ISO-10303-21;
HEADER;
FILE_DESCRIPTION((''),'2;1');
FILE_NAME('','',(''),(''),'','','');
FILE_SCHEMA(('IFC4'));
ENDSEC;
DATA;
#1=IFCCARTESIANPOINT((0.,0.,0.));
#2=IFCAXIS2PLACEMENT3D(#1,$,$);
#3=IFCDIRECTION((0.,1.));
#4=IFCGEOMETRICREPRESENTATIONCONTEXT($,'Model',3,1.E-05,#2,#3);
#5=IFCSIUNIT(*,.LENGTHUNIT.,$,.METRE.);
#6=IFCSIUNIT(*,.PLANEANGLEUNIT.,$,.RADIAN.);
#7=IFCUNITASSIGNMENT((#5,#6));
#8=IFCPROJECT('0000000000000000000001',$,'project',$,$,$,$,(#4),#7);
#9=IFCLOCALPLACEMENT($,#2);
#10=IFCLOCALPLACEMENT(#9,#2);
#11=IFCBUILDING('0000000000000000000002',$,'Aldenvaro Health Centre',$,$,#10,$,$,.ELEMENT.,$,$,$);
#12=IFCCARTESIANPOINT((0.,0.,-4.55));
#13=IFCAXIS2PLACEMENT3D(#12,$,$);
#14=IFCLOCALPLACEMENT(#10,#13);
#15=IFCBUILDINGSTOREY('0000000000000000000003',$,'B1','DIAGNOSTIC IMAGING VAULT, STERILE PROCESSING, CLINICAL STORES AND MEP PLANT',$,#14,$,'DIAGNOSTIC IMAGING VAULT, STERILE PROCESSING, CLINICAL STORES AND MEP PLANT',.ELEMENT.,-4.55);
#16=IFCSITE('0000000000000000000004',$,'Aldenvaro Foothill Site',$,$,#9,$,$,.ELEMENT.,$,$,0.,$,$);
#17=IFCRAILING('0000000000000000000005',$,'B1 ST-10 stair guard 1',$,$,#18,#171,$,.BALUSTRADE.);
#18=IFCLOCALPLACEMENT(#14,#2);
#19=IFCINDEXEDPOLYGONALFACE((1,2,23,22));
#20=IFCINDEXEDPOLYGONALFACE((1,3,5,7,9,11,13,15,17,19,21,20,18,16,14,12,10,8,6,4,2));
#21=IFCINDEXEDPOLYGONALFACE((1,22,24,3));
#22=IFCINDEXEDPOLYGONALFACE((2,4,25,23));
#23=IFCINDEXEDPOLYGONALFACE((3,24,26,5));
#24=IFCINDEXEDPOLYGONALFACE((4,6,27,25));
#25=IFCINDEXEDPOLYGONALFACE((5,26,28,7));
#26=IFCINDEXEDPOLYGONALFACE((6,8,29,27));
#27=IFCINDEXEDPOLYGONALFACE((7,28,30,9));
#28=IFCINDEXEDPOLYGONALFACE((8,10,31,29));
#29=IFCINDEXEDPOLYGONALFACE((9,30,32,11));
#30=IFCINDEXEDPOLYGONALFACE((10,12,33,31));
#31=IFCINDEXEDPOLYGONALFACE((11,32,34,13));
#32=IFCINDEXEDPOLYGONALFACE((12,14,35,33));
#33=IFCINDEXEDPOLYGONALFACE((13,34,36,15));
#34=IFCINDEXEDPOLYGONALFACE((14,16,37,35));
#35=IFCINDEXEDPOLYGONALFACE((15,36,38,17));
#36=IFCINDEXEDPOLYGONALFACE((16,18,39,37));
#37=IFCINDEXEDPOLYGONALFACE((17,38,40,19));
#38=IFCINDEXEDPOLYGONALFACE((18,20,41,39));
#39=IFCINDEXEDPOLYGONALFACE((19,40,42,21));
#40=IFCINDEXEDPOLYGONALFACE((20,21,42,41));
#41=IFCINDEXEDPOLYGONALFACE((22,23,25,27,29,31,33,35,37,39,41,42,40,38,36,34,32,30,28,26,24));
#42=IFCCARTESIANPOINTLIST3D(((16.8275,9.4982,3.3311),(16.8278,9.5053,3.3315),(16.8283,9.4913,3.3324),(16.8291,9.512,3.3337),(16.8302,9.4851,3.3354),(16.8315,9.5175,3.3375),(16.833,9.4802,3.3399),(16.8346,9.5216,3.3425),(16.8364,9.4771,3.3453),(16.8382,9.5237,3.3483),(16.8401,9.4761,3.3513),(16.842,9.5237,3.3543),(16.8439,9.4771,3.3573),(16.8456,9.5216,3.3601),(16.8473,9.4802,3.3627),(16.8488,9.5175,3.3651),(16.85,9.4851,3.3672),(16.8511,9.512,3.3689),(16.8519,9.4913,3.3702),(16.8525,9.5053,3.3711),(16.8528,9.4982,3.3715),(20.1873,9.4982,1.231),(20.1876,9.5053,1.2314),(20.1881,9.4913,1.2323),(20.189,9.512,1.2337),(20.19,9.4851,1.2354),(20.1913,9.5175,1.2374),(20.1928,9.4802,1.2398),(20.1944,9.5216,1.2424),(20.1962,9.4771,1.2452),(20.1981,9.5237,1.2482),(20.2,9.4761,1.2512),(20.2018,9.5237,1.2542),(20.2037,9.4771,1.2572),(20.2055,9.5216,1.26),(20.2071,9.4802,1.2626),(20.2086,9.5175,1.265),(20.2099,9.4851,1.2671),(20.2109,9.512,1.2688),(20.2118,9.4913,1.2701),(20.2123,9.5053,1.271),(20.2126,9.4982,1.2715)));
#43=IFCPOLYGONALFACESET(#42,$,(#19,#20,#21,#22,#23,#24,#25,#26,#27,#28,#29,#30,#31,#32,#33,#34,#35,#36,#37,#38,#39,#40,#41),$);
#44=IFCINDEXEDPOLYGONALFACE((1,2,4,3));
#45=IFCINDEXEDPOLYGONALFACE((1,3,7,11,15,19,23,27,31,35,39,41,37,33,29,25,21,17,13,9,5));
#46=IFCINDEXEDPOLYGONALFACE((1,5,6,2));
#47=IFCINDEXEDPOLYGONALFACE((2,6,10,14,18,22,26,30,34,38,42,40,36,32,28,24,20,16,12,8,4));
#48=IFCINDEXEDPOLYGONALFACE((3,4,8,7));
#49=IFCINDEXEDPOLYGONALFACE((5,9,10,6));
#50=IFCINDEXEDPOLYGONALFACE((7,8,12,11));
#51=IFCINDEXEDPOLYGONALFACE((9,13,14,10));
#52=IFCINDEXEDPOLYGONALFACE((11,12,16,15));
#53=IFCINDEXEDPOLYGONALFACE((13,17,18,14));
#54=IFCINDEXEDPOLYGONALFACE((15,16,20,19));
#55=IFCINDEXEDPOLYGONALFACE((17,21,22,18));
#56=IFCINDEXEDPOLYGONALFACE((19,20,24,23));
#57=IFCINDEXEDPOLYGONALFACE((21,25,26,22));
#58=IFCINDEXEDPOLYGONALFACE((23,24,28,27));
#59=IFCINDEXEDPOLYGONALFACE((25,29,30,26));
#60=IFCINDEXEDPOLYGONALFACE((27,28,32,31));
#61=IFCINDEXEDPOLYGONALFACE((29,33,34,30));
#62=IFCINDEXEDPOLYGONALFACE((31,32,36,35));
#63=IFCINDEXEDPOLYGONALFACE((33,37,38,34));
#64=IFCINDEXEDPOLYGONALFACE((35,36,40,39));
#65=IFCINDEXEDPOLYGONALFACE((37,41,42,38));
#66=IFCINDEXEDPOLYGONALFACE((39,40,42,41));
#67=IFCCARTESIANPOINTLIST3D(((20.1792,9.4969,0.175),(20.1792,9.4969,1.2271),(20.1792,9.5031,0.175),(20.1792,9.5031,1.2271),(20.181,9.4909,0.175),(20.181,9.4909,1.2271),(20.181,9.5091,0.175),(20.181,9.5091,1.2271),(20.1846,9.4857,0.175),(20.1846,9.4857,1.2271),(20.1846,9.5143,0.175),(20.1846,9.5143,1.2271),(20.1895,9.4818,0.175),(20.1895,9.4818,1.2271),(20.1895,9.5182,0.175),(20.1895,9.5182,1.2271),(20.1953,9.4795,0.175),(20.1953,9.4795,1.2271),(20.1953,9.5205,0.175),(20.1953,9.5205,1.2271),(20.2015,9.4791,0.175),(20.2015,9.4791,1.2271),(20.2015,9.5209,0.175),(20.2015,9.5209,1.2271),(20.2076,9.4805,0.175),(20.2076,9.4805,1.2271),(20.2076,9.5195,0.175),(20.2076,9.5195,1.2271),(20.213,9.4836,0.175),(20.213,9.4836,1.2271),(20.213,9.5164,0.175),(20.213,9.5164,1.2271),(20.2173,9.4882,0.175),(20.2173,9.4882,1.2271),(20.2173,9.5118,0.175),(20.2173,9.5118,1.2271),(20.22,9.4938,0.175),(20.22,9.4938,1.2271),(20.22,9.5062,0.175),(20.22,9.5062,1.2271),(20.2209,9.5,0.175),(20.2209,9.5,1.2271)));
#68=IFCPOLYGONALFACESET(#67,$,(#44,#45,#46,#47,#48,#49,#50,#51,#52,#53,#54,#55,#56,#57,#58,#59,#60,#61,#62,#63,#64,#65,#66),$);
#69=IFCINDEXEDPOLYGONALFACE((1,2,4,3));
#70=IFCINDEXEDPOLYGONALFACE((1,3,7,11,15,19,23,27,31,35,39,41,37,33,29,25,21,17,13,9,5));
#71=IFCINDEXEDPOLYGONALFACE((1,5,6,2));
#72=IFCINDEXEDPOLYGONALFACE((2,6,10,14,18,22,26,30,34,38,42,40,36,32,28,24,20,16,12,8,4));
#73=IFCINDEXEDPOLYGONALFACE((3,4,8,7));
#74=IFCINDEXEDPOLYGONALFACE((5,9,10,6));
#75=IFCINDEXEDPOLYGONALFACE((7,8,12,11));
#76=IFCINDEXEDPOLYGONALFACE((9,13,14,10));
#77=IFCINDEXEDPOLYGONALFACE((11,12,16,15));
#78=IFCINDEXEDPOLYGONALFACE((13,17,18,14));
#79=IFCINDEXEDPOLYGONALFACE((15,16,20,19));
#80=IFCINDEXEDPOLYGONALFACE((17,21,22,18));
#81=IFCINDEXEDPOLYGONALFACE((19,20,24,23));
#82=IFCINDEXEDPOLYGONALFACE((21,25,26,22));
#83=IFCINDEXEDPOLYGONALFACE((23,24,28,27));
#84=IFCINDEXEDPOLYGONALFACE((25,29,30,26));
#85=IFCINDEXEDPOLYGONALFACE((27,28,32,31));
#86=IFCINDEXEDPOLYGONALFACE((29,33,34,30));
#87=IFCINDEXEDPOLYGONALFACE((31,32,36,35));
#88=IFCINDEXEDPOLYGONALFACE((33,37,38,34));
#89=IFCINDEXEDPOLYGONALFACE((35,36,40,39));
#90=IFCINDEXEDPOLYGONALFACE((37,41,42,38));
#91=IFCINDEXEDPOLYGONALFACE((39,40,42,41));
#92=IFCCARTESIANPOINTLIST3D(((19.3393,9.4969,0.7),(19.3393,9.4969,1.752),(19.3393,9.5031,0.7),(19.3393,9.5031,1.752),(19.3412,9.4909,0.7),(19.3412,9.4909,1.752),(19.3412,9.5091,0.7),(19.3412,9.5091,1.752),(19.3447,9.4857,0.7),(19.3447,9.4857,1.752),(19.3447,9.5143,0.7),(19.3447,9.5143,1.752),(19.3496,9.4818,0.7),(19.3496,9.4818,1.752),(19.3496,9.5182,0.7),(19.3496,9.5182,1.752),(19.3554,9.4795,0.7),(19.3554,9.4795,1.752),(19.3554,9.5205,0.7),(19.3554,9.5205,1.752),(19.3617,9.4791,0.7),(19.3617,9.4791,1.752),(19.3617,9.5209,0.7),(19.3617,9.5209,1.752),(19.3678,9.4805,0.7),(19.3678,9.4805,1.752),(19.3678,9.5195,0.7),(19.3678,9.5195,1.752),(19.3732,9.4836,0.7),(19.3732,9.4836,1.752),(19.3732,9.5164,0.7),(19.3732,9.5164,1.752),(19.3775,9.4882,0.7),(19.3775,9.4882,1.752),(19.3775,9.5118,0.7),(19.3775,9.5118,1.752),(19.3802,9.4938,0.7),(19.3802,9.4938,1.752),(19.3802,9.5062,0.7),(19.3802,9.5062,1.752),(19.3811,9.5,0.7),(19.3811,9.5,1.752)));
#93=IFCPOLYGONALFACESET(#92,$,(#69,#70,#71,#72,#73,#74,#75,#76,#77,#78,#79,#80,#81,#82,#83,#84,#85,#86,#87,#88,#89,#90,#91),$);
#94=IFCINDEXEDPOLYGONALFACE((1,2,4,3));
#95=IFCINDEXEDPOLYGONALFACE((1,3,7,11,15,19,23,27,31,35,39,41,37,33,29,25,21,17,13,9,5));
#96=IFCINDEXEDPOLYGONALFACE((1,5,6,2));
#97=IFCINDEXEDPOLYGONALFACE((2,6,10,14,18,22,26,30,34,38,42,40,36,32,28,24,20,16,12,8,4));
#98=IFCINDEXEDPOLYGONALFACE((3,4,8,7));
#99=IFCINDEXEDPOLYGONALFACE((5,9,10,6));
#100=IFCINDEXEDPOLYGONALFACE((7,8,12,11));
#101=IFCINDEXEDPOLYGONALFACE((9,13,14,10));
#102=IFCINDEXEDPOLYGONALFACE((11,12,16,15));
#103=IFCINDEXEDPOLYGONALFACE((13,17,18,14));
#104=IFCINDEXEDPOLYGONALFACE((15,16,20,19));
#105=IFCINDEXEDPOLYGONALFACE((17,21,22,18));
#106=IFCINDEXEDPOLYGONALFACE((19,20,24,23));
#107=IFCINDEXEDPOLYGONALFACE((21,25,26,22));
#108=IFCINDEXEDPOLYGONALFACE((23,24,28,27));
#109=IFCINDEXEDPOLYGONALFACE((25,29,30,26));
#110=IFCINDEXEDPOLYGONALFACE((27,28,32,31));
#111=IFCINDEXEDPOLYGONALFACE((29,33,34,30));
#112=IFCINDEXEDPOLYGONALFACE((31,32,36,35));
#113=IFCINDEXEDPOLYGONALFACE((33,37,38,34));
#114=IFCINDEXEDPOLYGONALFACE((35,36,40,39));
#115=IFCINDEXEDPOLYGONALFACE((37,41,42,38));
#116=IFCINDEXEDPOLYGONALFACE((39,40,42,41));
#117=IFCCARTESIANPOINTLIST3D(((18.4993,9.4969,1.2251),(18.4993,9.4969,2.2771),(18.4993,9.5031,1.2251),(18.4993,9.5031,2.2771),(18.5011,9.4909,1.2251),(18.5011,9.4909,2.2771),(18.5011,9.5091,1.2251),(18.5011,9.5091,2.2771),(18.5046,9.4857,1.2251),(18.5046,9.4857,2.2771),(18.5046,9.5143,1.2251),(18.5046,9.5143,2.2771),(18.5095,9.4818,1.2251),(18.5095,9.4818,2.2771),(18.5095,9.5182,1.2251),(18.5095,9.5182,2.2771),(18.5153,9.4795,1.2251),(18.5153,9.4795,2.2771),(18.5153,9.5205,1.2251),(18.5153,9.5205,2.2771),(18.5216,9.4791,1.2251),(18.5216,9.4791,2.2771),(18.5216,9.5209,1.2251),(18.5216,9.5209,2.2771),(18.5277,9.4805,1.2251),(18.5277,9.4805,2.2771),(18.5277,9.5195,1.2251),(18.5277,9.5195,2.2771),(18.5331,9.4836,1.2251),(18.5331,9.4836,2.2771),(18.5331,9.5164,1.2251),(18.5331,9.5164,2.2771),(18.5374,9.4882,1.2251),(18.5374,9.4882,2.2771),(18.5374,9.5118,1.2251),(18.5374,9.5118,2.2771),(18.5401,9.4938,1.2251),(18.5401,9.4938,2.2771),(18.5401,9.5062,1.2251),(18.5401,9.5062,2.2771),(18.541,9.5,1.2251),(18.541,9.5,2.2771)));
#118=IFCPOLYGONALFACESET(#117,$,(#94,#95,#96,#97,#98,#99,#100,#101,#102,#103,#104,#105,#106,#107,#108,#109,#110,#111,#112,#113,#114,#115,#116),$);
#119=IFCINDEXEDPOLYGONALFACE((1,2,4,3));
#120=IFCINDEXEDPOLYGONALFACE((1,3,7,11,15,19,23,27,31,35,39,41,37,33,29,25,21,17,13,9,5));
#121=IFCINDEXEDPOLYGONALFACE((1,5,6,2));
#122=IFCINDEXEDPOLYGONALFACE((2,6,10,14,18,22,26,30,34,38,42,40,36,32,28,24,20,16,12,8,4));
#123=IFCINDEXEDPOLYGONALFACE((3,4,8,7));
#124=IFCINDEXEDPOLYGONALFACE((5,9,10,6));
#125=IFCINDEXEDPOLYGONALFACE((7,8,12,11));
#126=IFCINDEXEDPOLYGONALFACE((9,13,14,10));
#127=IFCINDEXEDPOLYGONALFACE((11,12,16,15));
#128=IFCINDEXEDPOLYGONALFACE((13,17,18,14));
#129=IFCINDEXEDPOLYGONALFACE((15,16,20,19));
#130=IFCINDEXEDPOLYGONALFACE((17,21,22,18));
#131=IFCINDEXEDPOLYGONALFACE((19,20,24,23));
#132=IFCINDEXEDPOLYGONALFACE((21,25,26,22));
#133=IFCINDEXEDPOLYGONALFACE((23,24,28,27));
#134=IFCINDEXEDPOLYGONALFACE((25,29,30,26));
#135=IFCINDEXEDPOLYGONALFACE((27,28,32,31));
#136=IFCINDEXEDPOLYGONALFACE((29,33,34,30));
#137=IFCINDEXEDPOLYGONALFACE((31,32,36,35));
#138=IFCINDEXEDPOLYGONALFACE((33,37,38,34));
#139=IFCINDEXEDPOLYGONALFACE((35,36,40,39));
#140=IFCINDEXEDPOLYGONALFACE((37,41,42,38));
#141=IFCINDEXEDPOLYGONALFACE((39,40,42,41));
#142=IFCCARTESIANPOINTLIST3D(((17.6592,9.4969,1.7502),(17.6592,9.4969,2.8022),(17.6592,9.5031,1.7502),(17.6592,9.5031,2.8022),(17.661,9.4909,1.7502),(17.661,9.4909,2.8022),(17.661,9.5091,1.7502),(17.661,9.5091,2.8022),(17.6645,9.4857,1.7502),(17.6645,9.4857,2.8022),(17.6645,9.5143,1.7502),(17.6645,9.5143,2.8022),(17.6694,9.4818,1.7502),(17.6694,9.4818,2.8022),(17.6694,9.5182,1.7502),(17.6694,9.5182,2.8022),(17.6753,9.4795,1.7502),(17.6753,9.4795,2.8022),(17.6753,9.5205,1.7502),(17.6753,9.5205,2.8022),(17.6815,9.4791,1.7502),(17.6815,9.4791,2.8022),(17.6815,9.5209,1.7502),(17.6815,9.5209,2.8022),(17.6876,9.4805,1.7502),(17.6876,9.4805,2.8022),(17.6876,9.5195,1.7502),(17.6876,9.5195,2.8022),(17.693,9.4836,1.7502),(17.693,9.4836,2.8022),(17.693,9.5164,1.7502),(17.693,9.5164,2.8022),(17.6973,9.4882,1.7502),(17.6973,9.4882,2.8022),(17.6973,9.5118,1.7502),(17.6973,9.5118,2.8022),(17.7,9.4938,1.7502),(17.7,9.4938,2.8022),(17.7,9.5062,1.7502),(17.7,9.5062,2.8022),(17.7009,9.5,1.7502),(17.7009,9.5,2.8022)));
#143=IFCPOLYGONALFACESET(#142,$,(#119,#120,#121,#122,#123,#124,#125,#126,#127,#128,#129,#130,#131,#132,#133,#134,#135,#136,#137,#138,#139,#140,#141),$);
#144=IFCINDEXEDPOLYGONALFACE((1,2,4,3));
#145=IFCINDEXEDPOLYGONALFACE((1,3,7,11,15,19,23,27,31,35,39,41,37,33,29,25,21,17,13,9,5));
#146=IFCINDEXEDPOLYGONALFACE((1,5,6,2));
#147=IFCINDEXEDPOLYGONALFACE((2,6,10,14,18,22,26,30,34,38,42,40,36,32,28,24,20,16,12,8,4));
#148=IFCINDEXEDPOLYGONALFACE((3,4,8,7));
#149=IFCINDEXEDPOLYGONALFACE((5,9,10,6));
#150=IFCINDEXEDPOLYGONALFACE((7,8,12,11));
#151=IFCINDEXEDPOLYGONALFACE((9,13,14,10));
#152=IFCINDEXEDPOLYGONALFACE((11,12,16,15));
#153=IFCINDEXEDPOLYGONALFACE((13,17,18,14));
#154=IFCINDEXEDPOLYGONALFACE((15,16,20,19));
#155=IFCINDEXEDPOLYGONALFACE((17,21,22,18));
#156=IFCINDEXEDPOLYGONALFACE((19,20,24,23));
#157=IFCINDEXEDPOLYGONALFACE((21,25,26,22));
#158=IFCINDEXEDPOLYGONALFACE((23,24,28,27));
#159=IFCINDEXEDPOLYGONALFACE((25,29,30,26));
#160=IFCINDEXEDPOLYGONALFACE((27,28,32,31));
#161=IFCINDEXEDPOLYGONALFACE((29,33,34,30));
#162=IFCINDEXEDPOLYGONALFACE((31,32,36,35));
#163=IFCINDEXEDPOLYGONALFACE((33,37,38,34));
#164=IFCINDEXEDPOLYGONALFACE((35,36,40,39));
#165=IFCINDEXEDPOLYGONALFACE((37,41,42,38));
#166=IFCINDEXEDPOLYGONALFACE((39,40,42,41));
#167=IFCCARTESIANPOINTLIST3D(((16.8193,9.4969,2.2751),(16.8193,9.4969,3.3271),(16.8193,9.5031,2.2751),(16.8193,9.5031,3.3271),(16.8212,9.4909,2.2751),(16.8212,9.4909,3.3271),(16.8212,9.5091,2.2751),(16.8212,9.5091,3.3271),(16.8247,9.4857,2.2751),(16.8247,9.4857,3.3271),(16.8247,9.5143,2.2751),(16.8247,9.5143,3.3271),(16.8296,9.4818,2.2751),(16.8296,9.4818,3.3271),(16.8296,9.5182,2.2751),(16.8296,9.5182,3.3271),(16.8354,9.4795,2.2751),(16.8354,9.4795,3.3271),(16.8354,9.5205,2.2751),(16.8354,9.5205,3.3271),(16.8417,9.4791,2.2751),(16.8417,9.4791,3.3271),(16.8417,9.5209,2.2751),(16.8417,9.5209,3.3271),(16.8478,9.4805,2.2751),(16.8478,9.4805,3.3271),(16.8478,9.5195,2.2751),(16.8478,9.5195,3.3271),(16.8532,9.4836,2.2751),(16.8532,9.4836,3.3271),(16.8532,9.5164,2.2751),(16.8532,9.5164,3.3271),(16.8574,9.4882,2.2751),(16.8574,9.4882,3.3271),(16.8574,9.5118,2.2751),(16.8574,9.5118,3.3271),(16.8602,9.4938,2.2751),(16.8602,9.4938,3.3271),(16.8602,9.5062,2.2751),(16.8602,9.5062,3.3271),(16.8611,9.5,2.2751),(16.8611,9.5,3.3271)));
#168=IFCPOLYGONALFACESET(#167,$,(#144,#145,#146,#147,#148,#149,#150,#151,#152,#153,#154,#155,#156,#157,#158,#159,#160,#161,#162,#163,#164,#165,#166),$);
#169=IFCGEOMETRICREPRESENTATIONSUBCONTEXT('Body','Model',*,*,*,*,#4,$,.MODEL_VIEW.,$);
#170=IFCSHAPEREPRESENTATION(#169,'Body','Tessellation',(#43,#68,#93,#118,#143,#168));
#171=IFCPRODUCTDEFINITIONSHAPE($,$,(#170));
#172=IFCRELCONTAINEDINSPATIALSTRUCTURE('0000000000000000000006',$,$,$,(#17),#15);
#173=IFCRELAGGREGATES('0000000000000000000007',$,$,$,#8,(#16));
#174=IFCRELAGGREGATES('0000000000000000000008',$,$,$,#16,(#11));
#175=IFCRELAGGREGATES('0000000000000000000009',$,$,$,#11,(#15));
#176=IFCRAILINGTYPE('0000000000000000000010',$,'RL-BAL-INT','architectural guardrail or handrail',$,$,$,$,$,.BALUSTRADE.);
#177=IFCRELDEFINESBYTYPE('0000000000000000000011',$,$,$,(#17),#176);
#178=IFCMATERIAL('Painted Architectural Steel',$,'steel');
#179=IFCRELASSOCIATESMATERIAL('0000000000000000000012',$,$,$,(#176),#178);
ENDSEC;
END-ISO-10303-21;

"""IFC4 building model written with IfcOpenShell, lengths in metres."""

from ifc_helpers import new_model, si_unit, direction, frame, origin, origin_2d, place, context, subcontext, project, spatial, circle, extrude, material, type_object, element, save


model = new_model("IFC4")

# Units and contexts
model_context = context("Model", 3, precision=1e-05, world=origin(), true_north=direction((0.0, 1.0)))
body_context = subcontext(model_context, "Body", "Model", "MODEL_VIEW")
ifc_project = project(units=[si_unit("LENGTHUNIT", "METRE"), si_unit("PLANEANGLEUNIT", "RADIAN")], contexts=[model_context])

# Site, building, storey
site_placement = place(None, origin())
site = spatial("IfcSite", under=ifc_project, at=site_placement, Name="Aldenvaro Foothill Site", CompositionType="ELEMENT", RefElevation=0.0)
building_placement = place(site_placement, origin())
building = spatial("IfcBuilding", under=site, at=building_placement, Name="Aldenvaro Health Centre", CompositionType="ELEMENT")
storey_placement = place(building_placement, frame((0.0, 0.0, -4.55)))
storey = spatial("IfcBuildingStorey", under=building, at=storey_placement, Name="B1", Description="DIAGNOSTIC IMAGING VAULT, STERILE PROCESSING, CLINICAL STORES AND MEP PLANT", LongName="DIAGNOSTIC IMAGING VAULT, STERILE PROCESSING, CLINICAL STORES AND MEP PLANT", CompositionType="ELEMENT", Elevation=-4.55)

# Railing
ifc_material_1 = material(Name="Painted Architectural Steel", Category="steel")
railing_type_1 = type_object("IfcRailingType", Name="RL-BAL-INT", Description="architectural guardrail or handrail", PredefinedType="BALUSTRADE", material=ifc_material_1)
railing_1_placement = place(storey_placement, frame((20.2, 9.5, 0.175)))
element("IfcRailing", 1, at=railing_1_placement, inside=storey, type_object=railing_type_1, Name="B1 ST-10 stair guard 1", PredefinedType="BALUSTRADE", context=body_context, shape_type="SweptSolid", body=[
    extrude(circle(Radius=0.0239, at=origin_2d()), frame((0.0, 0.0, 1.0762), z_axis=(-0.847978, 0.0, 0.530032), x_axis=(0.0, -1.0, 0.0)), (0.0, 0.0, 1.0), 3.9622),
    extrude(circle(Radius=0.021, at=origin_2d()), origin(), (0.0, 0.0, 1.0), 1.052),
    extrude(circle(Radius=0.021, at=origin_2d()), frame((-0.8398, 0.0, 0.5249)), (0.0, 0.0, 1.0), 1.052),
    extrude(circle(Radius=0.021, at=origin_2d()), frame((-1.6799, 0.0, 1.05)), (0.0, 0.0, 1.0), 1.052),
    extrude(circle(Radius=0.021, at=origin_2d()), frame((-2.52, 0.0, 1.5752)), (0.0, 0.0, 1.0), 1.052),
    extrude(circle(Radius=0.021, at=origin_2d()), frame((-3.3599, 0.0, 2.1001)), (0.0, 0.0, 1.0), 1.052),
])

save(model, "model.ifc")
